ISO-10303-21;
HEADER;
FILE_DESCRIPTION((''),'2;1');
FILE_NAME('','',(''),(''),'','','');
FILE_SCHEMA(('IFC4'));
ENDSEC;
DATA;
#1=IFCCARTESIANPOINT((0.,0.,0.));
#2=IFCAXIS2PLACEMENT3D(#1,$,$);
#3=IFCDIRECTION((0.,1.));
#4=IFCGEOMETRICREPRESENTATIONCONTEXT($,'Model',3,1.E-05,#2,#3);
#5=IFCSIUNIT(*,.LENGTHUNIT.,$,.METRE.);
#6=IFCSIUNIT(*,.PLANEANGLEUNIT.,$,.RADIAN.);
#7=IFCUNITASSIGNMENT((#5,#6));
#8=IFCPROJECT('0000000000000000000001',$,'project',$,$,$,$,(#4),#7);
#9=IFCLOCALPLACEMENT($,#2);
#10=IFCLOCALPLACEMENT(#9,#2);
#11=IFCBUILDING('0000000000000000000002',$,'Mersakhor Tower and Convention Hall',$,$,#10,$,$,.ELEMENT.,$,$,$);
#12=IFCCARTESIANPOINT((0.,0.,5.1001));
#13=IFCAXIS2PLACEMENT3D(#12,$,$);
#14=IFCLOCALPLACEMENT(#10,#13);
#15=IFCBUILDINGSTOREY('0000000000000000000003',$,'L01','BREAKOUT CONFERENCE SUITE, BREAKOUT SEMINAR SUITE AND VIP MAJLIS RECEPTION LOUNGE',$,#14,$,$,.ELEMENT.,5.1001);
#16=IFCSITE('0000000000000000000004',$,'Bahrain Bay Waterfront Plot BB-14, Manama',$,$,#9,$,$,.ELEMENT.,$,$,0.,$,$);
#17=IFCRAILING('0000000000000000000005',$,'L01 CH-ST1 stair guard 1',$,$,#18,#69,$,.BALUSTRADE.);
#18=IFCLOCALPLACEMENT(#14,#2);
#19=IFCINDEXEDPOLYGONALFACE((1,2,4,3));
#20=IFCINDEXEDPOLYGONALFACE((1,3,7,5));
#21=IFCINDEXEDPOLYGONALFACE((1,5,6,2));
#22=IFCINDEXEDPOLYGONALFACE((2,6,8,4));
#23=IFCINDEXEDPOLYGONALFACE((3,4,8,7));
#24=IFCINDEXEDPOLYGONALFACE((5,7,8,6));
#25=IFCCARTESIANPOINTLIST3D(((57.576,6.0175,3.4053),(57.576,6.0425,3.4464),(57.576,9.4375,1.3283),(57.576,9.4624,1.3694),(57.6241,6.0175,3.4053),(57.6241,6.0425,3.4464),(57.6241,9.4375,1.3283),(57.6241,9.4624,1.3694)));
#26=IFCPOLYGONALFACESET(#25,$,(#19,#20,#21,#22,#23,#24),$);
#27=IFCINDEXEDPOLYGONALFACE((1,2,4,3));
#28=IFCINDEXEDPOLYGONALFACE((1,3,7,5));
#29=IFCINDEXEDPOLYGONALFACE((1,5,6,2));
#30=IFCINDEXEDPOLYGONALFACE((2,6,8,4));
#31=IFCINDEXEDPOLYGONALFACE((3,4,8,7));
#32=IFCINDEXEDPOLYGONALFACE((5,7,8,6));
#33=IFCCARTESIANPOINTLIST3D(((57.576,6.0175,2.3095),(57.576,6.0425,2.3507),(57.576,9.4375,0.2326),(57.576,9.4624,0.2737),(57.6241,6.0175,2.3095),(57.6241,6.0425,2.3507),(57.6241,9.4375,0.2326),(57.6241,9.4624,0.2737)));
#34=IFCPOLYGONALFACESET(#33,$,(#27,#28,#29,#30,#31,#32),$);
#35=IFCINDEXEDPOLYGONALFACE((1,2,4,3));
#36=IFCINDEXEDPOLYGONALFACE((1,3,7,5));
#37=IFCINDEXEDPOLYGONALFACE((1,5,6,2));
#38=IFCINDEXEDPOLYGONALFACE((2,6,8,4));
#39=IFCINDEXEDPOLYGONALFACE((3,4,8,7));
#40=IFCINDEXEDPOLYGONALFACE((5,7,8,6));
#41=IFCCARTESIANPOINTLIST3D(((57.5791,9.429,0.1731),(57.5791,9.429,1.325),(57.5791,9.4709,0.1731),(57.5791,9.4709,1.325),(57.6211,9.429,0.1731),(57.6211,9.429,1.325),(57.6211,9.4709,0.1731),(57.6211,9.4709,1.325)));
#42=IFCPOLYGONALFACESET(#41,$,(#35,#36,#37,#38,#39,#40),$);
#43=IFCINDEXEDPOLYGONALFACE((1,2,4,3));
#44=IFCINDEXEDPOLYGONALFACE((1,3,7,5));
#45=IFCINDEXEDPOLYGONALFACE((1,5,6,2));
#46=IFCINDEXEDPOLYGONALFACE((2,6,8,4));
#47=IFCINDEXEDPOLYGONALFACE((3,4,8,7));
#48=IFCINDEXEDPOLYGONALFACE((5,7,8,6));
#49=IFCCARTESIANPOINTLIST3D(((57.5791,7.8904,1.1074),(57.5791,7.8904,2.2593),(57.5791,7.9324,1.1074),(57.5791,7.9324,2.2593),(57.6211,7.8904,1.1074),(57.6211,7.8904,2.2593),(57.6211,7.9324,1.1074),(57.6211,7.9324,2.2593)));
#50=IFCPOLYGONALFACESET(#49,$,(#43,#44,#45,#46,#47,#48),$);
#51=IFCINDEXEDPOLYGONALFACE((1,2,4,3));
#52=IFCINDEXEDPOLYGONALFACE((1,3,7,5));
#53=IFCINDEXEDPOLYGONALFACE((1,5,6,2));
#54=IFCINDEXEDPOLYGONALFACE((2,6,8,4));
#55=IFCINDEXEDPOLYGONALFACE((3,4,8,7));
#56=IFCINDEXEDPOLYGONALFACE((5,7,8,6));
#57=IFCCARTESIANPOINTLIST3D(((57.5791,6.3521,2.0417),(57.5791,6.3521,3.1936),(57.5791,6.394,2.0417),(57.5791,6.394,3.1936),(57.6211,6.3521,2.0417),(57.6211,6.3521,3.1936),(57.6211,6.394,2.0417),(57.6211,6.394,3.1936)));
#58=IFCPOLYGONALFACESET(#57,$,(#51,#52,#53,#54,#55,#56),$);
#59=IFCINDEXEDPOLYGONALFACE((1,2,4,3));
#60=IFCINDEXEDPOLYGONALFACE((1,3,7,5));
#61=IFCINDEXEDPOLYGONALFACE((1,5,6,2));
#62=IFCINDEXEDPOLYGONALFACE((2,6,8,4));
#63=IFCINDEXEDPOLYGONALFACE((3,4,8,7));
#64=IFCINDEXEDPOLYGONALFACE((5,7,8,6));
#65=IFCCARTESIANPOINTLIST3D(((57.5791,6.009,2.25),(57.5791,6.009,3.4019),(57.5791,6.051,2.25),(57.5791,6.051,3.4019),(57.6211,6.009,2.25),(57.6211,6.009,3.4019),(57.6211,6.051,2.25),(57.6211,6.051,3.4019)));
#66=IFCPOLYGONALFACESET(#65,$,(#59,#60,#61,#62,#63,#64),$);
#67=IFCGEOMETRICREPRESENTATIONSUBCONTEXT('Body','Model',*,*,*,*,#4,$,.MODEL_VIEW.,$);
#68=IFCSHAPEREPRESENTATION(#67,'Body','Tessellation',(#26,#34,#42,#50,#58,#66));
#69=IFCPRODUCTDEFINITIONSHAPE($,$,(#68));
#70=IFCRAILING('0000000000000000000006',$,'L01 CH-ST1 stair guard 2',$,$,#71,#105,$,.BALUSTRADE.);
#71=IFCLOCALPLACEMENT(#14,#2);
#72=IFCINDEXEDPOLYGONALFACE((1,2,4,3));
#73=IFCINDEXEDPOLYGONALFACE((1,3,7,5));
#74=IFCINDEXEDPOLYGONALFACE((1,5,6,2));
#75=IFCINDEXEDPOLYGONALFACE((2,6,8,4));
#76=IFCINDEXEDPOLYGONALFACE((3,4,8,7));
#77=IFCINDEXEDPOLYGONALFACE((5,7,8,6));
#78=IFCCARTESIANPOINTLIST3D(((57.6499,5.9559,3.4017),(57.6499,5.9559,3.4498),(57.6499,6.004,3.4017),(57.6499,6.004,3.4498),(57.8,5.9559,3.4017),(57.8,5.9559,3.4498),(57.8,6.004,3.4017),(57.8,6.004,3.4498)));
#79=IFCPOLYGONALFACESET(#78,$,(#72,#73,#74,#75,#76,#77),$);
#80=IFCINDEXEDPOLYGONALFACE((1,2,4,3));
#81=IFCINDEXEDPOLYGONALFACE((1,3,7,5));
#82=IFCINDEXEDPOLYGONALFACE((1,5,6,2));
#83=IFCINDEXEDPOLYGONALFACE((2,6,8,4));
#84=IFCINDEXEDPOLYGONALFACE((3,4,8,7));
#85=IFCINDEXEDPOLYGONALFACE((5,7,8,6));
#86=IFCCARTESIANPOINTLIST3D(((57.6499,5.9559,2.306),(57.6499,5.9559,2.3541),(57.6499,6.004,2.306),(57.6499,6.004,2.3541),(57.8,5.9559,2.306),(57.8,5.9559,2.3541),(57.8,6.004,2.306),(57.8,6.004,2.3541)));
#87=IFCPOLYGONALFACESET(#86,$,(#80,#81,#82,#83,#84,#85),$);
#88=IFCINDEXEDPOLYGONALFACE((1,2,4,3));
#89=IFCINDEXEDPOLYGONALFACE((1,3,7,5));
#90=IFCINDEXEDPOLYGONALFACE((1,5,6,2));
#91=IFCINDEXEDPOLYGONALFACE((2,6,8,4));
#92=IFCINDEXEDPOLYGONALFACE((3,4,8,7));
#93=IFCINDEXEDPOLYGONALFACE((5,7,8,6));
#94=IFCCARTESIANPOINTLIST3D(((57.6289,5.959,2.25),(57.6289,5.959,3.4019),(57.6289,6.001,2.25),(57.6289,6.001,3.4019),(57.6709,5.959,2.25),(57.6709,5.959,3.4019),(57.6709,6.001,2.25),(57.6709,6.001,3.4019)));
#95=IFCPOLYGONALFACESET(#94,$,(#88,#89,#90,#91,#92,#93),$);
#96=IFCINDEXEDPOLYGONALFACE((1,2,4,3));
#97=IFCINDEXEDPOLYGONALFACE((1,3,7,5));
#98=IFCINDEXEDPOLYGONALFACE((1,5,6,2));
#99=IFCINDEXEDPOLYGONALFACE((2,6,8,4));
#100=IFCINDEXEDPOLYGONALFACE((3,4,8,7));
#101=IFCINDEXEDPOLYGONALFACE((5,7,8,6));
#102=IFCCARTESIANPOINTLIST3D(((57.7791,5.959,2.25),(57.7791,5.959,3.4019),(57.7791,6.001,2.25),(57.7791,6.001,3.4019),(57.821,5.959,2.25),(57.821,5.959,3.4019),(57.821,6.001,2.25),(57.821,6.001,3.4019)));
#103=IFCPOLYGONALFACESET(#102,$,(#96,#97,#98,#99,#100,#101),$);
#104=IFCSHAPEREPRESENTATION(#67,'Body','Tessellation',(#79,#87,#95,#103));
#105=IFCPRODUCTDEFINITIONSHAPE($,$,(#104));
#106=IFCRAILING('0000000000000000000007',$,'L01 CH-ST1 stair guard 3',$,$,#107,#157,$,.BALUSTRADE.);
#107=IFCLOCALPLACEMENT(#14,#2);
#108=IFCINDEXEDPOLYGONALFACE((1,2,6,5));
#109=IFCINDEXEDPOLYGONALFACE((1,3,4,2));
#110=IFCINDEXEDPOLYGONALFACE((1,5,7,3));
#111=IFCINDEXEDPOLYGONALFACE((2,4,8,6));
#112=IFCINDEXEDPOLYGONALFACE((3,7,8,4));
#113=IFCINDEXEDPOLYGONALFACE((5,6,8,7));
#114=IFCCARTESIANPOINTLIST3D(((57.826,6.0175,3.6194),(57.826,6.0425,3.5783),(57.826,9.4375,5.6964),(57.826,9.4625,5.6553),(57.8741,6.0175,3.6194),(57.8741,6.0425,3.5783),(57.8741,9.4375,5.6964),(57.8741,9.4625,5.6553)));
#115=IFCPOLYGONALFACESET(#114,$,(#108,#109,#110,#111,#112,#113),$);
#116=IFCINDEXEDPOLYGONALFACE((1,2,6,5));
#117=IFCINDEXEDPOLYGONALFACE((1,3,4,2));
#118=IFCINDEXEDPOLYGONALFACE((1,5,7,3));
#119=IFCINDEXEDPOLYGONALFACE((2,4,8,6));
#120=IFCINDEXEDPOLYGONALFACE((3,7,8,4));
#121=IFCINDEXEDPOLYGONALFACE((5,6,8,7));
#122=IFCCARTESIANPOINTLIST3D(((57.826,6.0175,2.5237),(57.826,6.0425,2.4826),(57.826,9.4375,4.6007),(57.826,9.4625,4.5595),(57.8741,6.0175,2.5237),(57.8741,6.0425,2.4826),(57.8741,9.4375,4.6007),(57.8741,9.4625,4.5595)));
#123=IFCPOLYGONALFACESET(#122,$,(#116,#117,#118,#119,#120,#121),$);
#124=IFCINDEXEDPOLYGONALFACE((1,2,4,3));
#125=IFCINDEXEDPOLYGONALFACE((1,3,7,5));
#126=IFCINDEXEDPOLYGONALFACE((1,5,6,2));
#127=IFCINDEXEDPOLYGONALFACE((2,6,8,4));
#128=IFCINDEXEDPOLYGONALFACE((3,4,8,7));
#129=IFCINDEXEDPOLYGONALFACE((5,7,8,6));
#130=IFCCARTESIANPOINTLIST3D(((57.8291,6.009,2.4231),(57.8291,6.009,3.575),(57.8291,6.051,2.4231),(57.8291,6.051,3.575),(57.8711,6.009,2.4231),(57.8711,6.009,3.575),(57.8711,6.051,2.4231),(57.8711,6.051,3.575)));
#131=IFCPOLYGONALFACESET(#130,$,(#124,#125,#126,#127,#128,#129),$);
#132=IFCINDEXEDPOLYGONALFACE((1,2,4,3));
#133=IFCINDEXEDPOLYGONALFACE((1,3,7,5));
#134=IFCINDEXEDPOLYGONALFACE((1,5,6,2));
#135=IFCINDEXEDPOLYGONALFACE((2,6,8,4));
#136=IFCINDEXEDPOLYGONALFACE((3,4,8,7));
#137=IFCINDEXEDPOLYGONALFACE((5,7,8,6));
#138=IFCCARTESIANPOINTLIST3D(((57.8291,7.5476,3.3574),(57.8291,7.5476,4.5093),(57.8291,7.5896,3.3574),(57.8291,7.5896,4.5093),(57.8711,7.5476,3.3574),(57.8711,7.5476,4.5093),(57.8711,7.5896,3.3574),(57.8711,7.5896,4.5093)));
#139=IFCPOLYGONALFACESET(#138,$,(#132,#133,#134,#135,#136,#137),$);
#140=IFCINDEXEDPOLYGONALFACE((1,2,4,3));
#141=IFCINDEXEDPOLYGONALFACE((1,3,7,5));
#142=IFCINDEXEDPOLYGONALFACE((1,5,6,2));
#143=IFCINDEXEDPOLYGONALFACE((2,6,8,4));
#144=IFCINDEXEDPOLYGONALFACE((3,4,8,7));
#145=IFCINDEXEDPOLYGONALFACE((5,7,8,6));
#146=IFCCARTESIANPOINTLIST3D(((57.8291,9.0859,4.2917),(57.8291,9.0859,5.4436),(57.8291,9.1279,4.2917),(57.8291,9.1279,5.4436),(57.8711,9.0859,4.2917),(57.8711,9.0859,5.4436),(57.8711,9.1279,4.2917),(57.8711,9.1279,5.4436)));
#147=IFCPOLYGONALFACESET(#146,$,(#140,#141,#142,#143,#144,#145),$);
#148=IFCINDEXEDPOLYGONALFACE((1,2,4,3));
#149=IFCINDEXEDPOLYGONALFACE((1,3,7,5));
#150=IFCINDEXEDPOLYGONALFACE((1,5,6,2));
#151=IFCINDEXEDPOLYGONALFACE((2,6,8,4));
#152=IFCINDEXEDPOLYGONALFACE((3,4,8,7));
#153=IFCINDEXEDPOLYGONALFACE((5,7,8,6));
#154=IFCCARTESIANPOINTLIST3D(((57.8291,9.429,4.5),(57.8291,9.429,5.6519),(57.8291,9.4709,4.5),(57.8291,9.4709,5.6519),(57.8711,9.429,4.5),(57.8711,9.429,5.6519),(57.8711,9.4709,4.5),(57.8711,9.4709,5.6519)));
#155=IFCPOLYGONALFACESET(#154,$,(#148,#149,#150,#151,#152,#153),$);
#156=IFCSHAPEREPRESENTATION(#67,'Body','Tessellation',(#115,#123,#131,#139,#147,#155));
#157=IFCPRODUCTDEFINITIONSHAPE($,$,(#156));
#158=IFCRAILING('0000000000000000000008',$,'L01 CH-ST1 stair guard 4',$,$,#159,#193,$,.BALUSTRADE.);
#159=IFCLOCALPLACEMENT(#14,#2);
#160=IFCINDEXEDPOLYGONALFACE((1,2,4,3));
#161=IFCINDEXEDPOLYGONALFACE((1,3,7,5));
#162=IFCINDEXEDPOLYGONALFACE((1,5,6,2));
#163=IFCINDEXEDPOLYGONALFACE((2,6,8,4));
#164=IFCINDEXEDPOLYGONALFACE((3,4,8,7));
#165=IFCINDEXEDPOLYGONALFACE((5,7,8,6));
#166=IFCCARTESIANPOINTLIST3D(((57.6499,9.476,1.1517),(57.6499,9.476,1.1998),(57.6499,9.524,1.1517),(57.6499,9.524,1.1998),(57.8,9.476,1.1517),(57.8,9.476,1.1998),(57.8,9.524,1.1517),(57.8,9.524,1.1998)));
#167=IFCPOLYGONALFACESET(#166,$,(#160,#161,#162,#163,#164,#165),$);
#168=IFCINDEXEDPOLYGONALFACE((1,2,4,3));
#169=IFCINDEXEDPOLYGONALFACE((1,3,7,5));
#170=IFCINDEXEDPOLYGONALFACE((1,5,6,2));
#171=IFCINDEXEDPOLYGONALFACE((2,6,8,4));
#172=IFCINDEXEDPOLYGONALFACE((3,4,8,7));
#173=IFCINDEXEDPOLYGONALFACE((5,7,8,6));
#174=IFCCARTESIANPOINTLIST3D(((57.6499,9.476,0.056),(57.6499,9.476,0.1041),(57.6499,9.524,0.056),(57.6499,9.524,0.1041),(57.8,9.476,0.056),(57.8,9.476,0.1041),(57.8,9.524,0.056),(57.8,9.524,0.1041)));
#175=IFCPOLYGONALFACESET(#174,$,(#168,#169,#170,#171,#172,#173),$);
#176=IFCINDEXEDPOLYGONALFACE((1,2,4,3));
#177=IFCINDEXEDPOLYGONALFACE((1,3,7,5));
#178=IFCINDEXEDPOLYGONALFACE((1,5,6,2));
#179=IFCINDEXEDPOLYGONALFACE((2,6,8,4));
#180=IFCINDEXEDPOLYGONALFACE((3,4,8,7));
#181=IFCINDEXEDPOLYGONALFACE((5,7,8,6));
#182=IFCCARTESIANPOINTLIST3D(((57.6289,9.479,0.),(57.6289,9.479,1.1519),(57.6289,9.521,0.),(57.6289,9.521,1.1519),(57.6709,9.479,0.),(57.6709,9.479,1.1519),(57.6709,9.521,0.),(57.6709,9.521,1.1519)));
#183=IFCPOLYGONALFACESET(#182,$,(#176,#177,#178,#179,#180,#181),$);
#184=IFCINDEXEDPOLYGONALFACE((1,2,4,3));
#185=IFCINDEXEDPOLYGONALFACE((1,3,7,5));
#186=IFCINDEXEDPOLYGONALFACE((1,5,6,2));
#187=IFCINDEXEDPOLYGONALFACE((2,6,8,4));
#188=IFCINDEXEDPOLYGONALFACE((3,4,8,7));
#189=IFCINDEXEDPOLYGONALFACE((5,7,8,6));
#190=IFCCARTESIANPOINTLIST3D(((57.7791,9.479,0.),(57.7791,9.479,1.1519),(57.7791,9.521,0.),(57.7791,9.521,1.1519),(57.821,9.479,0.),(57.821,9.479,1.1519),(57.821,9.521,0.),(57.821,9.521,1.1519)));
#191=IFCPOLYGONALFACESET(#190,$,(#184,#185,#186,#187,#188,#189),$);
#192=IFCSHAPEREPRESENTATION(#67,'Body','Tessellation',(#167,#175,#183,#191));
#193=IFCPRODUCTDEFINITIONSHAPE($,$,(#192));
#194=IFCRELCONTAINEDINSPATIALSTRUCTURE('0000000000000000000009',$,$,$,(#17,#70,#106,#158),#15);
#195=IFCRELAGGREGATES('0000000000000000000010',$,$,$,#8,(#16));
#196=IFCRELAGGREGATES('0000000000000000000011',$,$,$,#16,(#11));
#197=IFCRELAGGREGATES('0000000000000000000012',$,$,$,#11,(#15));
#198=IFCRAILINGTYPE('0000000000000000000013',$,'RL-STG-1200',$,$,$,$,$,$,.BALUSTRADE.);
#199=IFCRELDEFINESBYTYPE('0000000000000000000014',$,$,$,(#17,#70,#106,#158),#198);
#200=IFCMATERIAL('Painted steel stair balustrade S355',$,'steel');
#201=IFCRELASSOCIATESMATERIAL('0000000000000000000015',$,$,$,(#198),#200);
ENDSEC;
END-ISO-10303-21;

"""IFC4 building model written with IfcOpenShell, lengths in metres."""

from ifc_helpers import new_model, si_unit, direction, frame, origin, origin_2d, place, context, subcontext, project, spatial, rectangle, extrude, material, type_object, element, save


model = new_model("IFC4")

# Units and contexts
model_context = context("Model", 3, precision=1e-05, world=origin(), true_north=direction((0.0, 1.0)))
body_context = subcontext(model_context, "Body", "Model", "MODEL_VIEW")
ifc_project = project(units=[si_unit("LENGTHUNIT", "METRE"), si_unit("PLANEANGLEUNIT", "RADIAN")], contexts=[model_context])

# Site, building, storey
site_placement = place(None, origin())
site = spatial("IfcSite", under=ifc_project, at=site_placement, Name="Bahrain Bay Waterfront Plot BB-14, Manama", CompositionType="ELEMENT", RefElevation=0.0)
building_placement = place(site_placement, origin())
building = spatial("IfcBuilding", under=site, at=building_placement, Name="Mersakhor Tower and Convention Hall", CompositionType="ELEMENT")
storey_placement = place(building_placement, frame((0.0, 0.0, 5.1001)))
storey = spatial("IfcBuildingStorey", under=building, at=storey_placement, Name="L01", Description="BREAKOUT CONFERENCE SUITE, BREAKOUT SEMINAR SUITE AND VIP MAJLIS RECEPTION LOUNGE", CompositionType="ELEMENT", Elevation=5.1001)

# Railings
ifc_material_1 = material(Name="Painted steel stair balustrade S355", Category="steel")
railing_type_1 = type_object("IfcRailingType", Name="RL-STG-1200", PredefinedType="BALUSTRADE", material=ifc_material_1)
railing_1_placement = place(storey_placement, frame((57.6001, 9.45, 0.1731)))
element("IfcRailing", 1, at=railing_1_placement, inside=storey, type_object=railing_type_1, Name="L01 CH-ST1 stair guard 1", PredefinedType="BALUSTRADE", context=body_context, shape_type="SweptSolid", body=[
    extrude(rectangle(XDim=0.0481, YDim=0.0481, at=origin_2d()), frame((0.0, 0.0, 1.1758), z_axis=(0.0, -0.85473, 0.519074), x_axis=(1.0, 0.0, 0.0)), (0.0, 0.0, 1.0), 4.0012),
    extrude(rectangle(XDim=0.0481, YDim=0.0481, at=origin_2d()), frame((0.0, 0.0, 0.0801), z_axis=(0.0, -0.85473, 0.519074), x_axis=(1.0, 0.0, 0.0)), (0.0, 0.0, 1.0), 4.0012),
    extrude(rectangle(XDim=0.042, YDim=0.042, at=origin_2d()), origin(), (0.0, 0.0, 1.0), 1.1519),
    extrude(rectangle(XDim=0.042, YDim=0.042, at=origin_2d()), frame((0.0, -1.5386, 0.9343)), (0.0, 0.0, 1.0), 1.1519),
    extrude(rectangle(XDim=0.042, YDim=0.042, at=origin_2d()), frame((0.0, -3.0769, 1.8687)), (0.0, 0.0, 1.0), 1.1519),
    extrude(rectangle(XDim=0.042, YDim=0.042, at=origin_2d()), frame((0.0, -3.4199, 2.0769)), (0.0, 0.0, 1.0), 1.1519),
])
railing_2_placement = place(storey_placement, frame((57.6499, 5.98, 2.25)))
element("IfcRailing", 2, at=railing_2_placement, inside=storey, type_object=railing_type_1, Name="L01 CH-ST1 stair guard 2", PredefinedType="BALUSTRADE", context=body_context, shape_type="SweptSolid", body=[
    extrude(rectangle(XDim=0.0481, YDim=0.0481, at=origin_2d()), frame((0.0, 0.0, 1.1758), z_axis=(1.0, 0.0, 0.0), x_axis=(0.0, 1.0, 0.0)), (0.0, 0.0, 1.0), 0.1501),
    extrude(rectangle(XDim=0.0481, YDim=0.0481, at=origin_2d()), frame((0.0, 0.0, 0.0801), z_axis=(1.0, 0.0, 0.0), x_axis=(0.0, 1.0, 0.0)), (0.0, 0.0, 1.0), 0.1501),
    extrude(rectangle(XDim=0.042, YDim=0.042, at=origin_2d()), origin(), (0.0, 0.0, 1.0), 1.1519),
    extrude(rectangle(XDim=0.042, YDim=0.042, at=origin_2d()), frame((0.1501, 0.0, 0.0)), (0.0, 0.0, 1.0), 1.1519),
])
railing_3_placement = place(storey_placement, frame((57.8501, 6.03, 2.4231)))
element("IfcRailing", 3, at=railing_3_placement, inside=storey, type_object=railing_type_1, Name="L01 CH-ST1 stair guard 3", PredefinedType="BALUSTRADE", context=body_context, shape_type="SweptSolid", body=[
    extrude(rectangle(XDim=0.0481, YDim=0.0481, at=origin_2d()), frame((0.0, 0.0, 1.1758), z_axis=(0.0, 0.85473, 0.519074), x_axis=(-1.0, 0.0, 0.0)), (0.0, 0.0, 1.0), 4.0012),
    extrude(rectangle(XDim=0.0481, YDim=0.0481, at=origin_2d()), frame((0.0, 0.0, 0.0801), z_axis=(0.0, 0.85473, 0.519074), x_axis=(-1.0, 0.0, 0.0)), (0.0, 0.0, 1.0), 4.0012),
    extrude(rectangle(XDim=0.042, YDim=0.042, at=origin_2d()), origin(), (0.0, 0.0, 1.0), 1.1519),
    extrude(rectangle(XDim=0.042, YDim=0.042, at=origin_2d()), frame((0.0, 1.5386, 0.9343)), (0.0, 0.0, 1.0), 1.1519),
    extrude(rectangle(XDim=0.042, YDim=0.042, at=origin_2d()), frame((0.0, 3.0769, 1.8687)), (0.0, 0.0, 1.0), 1.1519),
    extrude(rectangle(XDim=0.042, YDim=0.042, at=origin_2d()), frame((0.0, 3.4199, 2.0769)), (0.0, 0.0, 1.0), 1.1519),
])
railing_4_placement = place(storey_placement, frame((57.6499, 9.5, 0.0)))
element("IfcRailing", 4, at=railing_4_placement, inside=storey, type_object=railing_type_1, Name="L01 CH-ST1 stair guard 4", PredefinedType="BALUSTRADE", context=body_context, shape_type="SweptSolid", body=[
    extrude(rectangle(XDim=0.0481, YDim=0.0481, at=origin_2d()), frame((0.0, 0.0, 1.1758), z_axis=(1.0, 0.0, 0.0), x_axis=(0.0, 1.0, 0.0)), (0.0, 0.0, 1.0), 0.1501),
    extrude(rectangle(XDim=0.0481, YDim=0.0481, at=origin_2d()), frame((0.0, 0.0, 0.0801), z_axis=(1.0, 0.0, 0.0), x_axis=(0.0, 1.0, 0.0)), (0.0, 0.0, 1.0), 0.1501),
    extrude(rectangle(XDim=0.042, YDim=0.042, at=origin_2d()), origin(), (0.0, 0.0, 1.0), 1.1519),
    extrude(rectangle(XDim=0.042, YDim=0.042, at=origin_2d()), frame((0.1501, 0.0, 0.0)), (0.0, 0.0, 1.0), 1.1519),
])

save(model, "model.ifc")
